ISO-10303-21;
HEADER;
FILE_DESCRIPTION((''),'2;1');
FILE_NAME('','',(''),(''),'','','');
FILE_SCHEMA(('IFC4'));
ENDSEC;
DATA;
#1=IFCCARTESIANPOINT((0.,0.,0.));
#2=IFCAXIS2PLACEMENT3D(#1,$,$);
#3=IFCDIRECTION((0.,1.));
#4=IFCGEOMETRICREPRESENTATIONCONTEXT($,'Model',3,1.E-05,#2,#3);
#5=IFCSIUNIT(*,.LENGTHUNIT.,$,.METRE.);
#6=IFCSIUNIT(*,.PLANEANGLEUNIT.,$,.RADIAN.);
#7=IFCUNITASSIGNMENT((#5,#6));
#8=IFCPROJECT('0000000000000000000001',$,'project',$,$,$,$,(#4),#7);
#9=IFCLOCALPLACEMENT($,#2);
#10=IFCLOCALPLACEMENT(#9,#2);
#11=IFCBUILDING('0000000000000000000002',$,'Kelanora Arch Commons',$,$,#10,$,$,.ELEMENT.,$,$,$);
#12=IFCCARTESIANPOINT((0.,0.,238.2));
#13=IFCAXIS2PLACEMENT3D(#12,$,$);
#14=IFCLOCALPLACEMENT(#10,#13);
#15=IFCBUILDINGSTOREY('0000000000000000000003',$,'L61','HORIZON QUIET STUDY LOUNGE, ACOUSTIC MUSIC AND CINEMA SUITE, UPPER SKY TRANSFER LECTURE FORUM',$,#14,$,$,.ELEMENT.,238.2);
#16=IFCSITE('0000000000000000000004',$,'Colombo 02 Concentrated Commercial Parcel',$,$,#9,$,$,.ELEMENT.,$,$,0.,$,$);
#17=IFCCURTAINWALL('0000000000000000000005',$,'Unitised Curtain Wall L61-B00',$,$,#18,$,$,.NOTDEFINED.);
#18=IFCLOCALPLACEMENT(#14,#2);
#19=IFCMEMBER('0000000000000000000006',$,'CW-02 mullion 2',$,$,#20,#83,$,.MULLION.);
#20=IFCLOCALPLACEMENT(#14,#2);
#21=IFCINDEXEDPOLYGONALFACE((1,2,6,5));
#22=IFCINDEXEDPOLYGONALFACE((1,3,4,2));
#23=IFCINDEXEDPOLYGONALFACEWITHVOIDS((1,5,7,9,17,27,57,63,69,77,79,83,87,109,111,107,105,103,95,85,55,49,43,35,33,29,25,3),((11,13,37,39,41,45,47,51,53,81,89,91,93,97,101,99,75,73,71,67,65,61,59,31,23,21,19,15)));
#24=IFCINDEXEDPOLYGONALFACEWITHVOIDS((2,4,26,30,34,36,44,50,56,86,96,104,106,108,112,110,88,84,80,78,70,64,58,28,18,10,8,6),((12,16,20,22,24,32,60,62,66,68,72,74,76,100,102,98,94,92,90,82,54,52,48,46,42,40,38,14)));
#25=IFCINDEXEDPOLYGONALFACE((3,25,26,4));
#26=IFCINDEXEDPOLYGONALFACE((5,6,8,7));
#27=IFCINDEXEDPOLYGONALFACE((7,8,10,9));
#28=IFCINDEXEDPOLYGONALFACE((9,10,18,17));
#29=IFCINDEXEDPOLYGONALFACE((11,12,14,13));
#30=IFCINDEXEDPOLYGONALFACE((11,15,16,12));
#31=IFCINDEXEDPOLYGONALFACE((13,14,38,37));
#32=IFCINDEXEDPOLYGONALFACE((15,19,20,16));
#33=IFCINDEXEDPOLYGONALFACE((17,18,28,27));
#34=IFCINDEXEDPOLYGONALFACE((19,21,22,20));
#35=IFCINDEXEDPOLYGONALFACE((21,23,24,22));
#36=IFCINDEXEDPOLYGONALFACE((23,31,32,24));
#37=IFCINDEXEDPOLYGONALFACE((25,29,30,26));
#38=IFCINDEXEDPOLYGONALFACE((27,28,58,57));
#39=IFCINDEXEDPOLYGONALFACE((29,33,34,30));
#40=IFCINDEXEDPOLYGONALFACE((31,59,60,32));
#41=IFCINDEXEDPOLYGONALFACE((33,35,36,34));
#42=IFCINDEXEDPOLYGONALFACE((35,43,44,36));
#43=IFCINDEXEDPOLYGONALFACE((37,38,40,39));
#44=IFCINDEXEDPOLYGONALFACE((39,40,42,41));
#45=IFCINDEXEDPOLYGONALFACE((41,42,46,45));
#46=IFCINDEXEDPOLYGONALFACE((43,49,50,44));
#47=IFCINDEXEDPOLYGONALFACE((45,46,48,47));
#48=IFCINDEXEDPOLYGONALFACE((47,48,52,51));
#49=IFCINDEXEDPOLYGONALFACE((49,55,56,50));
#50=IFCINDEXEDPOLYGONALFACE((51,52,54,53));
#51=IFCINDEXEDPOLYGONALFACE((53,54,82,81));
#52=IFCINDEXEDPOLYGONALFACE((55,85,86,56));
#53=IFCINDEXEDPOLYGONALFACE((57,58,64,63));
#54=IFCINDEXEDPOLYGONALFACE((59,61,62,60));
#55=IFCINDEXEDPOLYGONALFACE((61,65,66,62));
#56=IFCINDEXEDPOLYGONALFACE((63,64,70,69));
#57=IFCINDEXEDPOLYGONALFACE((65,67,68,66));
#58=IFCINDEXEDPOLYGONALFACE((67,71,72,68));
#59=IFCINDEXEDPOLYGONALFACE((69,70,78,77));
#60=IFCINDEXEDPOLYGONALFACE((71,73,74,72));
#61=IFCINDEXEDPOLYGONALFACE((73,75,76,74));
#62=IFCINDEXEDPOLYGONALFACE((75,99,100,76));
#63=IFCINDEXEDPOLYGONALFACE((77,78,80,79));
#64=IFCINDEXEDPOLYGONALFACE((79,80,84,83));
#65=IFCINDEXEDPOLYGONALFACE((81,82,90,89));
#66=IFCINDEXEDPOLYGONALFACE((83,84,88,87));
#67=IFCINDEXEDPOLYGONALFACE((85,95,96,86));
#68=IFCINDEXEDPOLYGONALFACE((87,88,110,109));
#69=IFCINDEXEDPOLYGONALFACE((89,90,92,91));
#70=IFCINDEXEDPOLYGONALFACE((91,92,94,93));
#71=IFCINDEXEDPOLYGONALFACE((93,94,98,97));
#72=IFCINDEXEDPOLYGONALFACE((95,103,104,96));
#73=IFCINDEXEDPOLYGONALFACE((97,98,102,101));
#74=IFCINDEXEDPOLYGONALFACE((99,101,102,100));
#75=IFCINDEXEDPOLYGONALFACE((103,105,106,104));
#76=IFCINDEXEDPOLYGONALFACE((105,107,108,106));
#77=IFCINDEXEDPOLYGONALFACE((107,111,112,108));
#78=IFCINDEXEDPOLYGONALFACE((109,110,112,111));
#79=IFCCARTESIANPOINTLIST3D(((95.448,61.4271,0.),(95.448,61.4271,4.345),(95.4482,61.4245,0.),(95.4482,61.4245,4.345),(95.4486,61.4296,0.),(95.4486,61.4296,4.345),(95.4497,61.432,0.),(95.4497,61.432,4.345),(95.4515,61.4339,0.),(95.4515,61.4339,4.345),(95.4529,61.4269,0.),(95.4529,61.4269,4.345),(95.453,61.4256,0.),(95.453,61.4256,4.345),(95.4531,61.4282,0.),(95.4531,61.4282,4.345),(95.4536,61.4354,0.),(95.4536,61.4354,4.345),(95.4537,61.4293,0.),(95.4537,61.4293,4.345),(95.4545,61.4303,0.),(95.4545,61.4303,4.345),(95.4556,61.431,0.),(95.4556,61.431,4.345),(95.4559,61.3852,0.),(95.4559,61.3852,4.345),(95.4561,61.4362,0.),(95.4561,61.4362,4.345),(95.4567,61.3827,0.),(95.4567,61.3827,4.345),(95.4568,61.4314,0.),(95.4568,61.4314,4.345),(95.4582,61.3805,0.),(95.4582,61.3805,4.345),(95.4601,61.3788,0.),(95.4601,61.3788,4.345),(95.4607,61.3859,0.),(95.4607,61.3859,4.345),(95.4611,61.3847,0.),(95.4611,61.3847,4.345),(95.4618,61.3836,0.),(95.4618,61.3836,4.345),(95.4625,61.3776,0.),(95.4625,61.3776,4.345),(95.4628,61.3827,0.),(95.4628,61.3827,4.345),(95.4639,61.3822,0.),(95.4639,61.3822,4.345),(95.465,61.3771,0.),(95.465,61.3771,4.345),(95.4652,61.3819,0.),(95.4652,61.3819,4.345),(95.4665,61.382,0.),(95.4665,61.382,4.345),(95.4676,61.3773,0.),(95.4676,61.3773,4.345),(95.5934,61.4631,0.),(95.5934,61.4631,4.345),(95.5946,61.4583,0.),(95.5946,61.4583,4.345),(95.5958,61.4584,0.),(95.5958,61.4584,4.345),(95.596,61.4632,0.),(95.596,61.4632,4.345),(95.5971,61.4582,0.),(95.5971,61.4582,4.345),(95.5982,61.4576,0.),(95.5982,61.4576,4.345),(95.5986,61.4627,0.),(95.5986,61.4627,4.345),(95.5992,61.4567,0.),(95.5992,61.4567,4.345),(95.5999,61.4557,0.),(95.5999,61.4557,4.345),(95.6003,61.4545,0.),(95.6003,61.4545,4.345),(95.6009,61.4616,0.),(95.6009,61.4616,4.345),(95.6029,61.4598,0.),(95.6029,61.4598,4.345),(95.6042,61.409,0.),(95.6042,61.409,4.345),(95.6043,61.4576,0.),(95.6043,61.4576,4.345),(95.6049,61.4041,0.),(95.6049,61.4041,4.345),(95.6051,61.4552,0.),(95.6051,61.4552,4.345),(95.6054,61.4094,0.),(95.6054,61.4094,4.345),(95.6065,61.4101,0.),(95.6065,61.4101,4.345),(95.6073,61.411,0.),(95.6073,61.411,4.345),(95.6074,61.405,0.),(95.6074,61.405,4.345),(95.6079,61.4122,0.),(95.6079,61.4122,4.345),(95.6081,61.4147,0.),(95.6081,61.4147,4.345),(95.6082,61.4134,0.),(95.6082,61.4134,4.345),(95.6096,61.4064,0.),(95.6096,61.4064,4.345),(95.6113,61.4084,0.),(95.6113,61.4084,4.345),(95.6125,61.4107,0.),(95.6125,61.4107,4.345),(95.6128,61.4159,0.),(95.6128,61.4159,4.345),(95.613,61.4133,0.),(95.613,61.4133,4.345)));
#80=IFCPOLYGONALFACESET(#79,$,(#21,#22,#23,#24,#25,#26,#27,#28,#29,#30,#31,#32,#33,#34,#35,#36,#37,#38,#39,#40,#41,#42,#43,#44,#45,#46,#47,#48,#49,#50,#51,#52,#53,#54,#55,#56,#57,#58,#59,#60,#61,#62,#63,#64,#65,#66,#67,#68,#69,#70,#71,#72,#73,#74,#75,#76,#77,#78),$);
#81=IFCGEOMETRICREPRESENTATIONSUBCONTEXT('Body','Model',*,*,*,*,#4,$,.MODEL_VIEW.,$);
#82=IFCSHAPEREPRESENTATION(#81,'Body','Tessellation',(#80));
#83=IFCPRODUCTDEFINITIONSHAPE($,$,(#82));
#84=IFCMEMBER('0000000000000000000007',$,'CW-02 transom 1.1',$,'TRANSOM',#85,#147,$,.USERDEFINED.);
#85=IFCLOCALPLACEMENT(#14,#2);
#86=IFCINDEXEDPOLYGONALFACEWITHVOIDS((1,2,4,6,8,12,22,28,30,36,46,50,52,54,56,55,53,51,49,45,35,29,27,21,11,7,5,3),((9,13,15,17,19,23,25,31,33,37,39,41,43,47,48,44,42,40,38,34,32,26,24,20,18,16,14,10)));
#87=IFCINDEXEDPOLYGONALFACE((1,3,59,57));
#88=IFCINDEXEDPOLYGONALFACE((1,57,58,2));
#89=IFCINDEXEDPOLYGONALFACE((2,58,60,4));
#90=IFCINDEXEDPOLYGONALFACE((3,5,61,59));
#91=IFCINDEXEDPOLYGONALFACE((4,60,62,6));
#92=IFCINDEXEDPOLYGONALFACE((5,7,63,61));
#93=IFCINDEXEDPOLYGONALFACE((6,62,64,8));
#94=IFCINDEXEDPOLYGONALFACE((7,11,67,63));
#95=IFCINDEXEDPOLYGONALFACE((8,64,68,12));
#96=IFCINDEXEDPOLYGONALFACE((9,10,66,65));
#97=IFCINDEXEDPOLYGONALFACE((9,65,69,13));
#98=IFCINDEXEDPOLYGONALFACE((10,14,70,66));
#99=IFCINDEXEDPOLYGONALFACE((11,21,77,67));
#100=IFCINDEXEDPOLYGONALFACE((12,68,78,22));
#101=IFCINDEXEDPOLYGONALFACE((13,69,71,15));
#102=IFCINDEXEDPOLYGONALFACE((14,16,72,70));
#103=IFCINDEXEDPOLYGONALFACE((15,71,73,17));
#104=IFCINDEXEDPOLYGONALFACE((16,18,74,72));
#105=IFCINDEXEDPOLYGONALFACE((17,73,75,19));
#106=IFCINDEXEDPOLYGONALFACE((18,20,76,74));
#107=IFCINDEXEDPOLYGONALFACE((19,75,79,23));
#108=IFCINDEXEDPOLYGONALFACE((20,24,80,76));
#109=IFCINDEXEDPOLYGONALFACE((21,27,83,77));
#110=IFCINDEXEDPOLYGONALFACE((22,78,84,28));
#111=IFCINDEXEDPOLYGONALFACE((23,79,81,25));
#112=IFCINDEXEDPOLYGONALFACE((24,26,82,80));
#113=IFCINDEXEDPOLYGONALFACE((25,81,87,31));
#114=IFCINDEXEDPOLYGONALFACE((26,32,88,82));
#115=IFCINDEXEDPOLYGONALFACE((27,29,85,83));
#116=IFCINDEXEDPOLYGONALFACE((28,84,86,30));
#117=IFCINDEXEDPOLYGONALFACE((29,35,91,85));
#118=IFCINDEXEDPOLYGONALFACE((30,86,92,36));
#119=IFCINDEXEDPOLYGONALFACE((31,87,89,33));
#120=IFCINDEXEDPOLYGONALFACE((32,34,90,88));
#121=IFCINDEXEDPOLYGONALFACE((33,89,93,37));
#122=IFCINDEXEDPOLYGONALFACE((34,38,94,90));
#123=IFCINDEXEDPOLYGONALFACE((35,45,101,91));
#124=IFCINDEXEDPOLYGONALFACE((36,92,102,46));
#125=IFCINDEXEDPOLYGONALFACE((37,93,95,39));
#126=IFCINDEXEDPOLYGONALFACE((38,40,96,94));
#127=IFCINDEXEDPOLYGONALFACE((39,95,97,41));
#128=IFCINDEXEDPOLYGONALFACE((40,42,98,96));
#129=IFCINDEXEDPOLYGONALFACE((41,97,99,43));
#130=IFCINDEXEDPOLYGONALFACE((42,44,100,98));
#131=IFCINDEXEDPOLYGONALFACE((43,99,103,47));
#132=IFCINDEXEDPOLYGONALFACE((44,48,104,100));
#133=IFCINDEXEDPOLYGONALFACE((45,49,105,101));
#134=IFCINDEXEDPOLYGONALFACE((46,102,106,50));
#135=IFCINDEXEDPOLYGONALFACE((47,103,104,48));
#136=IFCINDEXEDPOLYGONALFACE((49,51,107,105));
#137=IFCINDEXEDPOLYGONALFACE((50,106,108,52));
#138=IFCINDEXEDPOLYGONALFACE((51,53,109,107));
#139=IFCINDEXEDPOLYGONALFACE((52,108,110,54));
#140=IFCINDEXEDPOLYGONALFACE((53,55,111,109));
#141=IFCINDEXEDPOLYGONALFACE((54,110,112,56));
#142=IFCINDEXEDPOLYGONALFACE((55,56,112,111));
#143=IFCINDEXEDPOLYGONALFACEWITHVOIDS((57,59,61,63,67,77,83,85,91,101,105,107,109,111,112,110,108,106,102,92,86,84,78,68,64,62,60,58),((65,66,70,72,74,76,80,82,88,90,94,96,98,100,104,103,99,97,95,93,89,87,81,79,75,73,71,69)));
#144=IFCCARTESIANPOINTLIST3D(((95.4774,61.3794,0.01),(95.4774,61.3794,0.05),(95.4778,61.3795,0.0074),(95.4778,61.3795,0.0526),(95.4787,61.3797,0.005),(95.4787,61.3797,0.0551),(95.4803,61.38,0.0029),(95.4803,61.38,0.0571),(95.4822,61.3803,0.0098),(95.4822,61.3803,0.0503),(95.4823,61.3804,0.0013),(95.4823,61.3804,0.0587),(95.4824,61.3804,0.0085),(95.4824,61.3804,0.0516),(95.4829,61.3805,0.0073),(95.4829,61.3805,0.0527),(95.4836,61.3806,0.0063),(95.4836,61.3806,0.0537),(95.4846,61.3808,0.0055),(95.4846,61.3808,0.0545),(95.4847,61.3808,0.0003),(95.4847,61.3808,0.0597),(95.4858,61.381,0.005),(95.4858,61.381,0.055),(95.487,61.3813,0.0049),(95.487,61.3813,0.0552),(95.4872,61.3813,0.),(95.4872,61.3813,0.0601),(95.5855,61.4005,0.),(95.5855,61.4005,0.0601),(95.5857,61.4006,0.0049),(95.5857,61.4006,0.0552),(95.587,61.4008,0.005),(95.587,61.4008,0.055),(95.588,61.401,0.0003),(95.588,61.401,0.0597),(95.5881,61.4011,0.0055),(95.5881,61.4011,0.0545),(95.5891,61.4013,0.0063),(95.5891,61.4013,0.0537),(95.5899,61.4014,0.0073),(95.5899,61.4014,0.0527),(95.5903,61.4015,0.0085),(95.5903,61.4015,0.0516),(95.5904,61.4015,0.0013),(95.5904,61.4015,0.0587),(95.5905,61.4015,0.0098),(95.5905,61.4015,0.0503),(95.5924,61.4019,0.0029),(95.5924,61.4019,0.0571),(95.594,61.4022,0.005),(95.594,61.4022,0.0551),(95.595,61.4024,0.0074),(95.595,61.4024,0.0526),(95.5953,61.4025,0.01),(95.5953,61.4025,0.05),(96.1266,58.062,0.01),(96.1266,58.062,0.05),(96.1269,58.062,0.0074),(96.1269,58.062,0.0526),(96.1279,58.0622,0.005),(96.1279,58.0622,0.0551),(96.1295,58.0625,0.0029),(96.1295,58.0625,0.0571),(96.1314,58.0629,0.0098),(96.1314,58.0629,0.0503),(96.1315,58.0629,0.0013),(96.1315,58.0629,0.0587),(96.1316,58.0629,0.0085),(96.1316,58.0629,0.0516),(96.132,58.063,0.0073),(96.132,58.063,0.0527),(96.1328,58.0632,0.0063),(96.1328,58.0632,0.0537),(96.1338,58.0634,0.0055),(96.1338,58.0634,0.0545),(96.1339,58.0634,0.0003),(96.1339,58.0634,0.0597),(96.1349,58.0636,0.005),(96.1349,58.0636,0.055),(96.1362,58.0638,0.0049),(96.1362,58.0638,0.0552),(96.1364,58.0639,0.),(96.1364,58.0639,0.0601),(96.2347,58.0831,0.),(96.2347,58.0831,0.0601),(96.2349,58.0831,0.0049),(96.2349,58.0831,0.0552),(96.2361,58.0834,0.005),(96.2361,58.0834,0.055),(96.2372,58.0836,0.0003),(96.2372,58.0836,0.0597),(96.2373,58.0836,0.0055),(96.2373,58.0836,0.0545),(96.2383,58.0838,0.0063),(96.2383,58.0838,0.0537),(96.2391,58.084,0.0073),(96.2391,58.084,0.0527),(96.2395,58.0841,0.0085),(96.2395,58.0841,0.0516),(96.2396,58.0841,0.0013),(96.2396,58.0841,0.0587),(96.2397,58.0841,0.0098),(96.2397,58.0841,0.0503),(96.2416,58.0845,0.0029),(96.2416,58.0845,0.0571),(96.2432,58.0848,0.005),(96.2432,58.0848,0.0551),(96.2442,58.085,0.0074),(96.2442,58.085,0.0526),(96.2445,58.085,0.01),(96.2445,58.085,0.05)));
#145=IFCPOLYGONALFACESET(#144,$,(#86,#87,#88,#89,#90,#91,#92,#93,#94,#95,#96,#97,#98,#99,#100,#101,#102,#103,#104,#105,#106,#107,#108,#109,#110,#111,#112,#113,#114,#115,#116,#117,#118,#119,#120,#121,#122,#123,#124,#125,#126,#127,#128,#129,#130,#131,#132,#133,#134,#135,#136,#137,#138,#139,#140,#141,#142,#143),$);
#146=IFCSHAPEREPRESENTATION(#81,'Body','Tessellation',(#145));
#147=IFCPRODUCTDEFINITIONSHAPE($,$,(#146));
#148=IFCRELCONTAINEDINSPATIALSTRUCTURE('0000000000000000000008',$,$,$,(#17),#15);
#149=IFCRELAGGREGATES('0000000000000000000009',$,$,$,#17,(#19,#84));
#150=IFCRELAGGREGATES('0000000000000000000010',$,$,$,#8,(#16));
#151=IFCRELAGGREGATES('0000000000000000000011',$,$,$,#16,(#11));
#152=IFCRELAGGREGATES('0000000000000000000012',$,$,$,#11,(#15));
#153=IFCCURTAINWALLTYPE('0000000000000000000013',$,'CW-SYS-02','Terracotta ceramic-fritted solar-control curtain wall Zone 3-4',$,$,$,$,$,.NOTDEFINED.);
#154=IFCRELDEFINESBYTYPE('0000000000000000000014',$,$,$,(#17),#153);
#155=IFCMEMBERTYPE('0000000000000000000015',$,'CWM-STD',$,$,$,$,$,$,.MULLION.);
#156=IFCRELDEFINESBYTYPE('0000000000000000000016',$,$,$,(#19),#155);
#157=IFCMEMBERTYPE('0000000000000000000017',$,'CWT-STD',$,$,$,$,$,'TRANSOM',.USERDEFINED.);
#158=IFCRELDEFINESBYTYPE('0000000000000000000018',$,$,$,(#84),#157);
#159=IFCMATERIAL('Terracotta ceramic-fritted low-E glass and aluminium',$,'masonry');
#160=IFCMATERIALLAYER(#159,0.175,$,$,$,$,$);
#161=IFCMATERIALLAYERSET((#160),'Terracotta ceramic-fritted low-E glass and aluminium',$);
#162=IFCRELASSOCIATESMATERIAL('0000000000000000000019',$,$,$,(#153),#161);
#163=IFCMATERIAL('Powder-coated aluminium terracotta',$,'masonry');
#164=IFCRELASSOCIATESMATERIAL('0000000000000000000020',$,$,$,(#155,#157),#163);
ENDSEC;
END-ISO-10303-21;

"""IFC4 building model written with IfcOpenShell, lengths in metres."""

from ifc_helpers import new_model, si_unit, direction, frame, origin, origin_2d, place, context, subcontext, project, spatial, hollow_rectangle, extrude, material, layer, layer_set, material_profile, profile_set, type_object, element, aggregate, save


model = new_model("IFC4")

# Units and contexts
model_context = context("Model", 3, precision=1e-05, world=origin(), true_north=direction((0.0, 1.0)))
body_context = subcontext(model_context, "Body", "Model", "MODEL_VIEW")
ifc_project = project(units=[si_unit("LENGTHUNIT", "METRE"), si_unit("PLANEANGLEUNIT", "RADIAN")], contexts=[model_context])

# Site, building, storey
site_placement = place(None, origin())
site = spatial("IfcSite", under=ifc_project, at=site_placement, Name="Colombo 02 Concentrated Commercial Parcel", CompositionType="ELEMENT", RefElevation=0.0)
building_placement = place(site_placement, origin())
building = spatial("IfcBuilding", under=site, at=building_placement, Name="Kelanora Arch Commons", CompositionType="ELEMENT")
storey_placement = place(building_placement, frame((0.0, 0.0, 238.2)))
storey = spatial("IfcBuildingStorey", under=building, at=storey_placement, Name="L61", Description="HORIZON QUIET STUDY LOUNGE, ACOUSTIC MUSIC AND CINEMA SUITE, UPPER SKY TRANSFER LECTURE FORUM", CompositionType="ELEMENT", Elevation=238.2)

# Curtain wall, members
ifc_material_1 = material(Name="Terracotta ceramic-fritted low-E glass and aluminium", Category="masonry")
ifc_layer_1 = layer(ifc_material_1, 0.175)
ifc_layer_set_1 = layer_set([ifc_layer_1], Name="Terracotta ceramic-fritted low-E glass and aluminium")
curtain_wall_type = type_object("IfcCurtainWallType", Name="CW-SYS-02", Description="Terracotta ceramic-fritted solar-control curtain wall Zone 3-4", PredefinedType="NOTDEFINED", material=ifc_layer_set_1)
curtain_wall_placement = place(storey_placement, origin())
curtain_wall = element("IfcCurtainWall", 1, at=curtain_wall_placement, inside=storey, type_object=curtain_wall_type, Name="Unitised Curtain Wall L61-B00", PredefinedType="NOTDEFINED")
ifc_material_2 = material(Name="Powder-coated aluminium terracotta", Category="masonry")
ifc_material_profile_1 = material_profile(ifc_material_2, hollow_rectangle(XDim=0.1599, YDim=0.0601, WallThickness=0.0049, InnerFilletRadius=0.0049, OuterFilletRadius=0.01, at=origin_2d()), Name="CWM160x60")
ifc_profile_set_1 = profile_set([ifc_material_profile_1], Name="Powder-coated aluminium terracotta")
member_type_1 = type_object("IfcMemberType", Name="CWM-STD", PredefinedType="MULLION", material=ifc_profile_set_1)
member_1_placement = place(storey_placement, frame((95.5305, 61.4202, 0.0), z_axis=(0.0, 0.0, 1.0), x_axis=(-0.981381, -0.192069, 0.0)))
member_1 = element("IfcMember", 2, at=member_1_placement, type_object=member_type_1, Name="CW-02 mullion 2", PredefinedType="MULLION", context=body_context, shape_type="SweptSolid", body=[
    extrude(hollow_rectangle(XDim=0.1599, YDim=0.0601, WallThickness=0.0049, InnerFilletRadius=0.0049, OuterFilletRadius=0.01, at=origin_2d()), origin(), (0.0, 0.0, 1.0), 4.345),
])
ifc_material_profile_2 = material_profile(ifc_material_2, hollow_rectangle(XDim=0.1201, YDim=0.0601, WallThickness=0.0049, InnerFilletRadius=0.0049, OuterFilletRadius=0.01, at=origin_2d()), Name="CWT120x60")
ifc_profile_set_2 = profile_set([ifc_material_profile_2], Name="Powder-coated aluminium terracotta")
member_type_2 = type_object("IfcMemberType", Name="CWT-STD", ElementType="TRANSOM", PredefinedType="USERDEFINED", material=ifc_profile_set_2)
member_2_placement = place(storey_placement, frame((96.1855, 58.0735, 0.03), z_axis=(-0.192045, 0.981386, 0.0), x_axis=(-0.981386, -0.192045, 0.0)))
member_2 = element("IfcMember", 3, at=member_2_placement, type_object=member_type_2, Name="CW-02 transom 1.1", ObjectType="TRANSOM", PredefinedType="USERDEFINED", context=body_context, shape_type="SweptSolid", body=[
    extrude(hollow_rectangle(XDim=0.1201, YDim=0.0601, WallThickness=0.0049, InnerFilletRadius=0.0049, OuterFilletRadius=0.01, at=origin_2d()), origin(), (0.0, 0.0, 1.0), 3.3804),
])
aggregate(curtain_wall, [member_1, member_2])

save(model, "model.ifc")
